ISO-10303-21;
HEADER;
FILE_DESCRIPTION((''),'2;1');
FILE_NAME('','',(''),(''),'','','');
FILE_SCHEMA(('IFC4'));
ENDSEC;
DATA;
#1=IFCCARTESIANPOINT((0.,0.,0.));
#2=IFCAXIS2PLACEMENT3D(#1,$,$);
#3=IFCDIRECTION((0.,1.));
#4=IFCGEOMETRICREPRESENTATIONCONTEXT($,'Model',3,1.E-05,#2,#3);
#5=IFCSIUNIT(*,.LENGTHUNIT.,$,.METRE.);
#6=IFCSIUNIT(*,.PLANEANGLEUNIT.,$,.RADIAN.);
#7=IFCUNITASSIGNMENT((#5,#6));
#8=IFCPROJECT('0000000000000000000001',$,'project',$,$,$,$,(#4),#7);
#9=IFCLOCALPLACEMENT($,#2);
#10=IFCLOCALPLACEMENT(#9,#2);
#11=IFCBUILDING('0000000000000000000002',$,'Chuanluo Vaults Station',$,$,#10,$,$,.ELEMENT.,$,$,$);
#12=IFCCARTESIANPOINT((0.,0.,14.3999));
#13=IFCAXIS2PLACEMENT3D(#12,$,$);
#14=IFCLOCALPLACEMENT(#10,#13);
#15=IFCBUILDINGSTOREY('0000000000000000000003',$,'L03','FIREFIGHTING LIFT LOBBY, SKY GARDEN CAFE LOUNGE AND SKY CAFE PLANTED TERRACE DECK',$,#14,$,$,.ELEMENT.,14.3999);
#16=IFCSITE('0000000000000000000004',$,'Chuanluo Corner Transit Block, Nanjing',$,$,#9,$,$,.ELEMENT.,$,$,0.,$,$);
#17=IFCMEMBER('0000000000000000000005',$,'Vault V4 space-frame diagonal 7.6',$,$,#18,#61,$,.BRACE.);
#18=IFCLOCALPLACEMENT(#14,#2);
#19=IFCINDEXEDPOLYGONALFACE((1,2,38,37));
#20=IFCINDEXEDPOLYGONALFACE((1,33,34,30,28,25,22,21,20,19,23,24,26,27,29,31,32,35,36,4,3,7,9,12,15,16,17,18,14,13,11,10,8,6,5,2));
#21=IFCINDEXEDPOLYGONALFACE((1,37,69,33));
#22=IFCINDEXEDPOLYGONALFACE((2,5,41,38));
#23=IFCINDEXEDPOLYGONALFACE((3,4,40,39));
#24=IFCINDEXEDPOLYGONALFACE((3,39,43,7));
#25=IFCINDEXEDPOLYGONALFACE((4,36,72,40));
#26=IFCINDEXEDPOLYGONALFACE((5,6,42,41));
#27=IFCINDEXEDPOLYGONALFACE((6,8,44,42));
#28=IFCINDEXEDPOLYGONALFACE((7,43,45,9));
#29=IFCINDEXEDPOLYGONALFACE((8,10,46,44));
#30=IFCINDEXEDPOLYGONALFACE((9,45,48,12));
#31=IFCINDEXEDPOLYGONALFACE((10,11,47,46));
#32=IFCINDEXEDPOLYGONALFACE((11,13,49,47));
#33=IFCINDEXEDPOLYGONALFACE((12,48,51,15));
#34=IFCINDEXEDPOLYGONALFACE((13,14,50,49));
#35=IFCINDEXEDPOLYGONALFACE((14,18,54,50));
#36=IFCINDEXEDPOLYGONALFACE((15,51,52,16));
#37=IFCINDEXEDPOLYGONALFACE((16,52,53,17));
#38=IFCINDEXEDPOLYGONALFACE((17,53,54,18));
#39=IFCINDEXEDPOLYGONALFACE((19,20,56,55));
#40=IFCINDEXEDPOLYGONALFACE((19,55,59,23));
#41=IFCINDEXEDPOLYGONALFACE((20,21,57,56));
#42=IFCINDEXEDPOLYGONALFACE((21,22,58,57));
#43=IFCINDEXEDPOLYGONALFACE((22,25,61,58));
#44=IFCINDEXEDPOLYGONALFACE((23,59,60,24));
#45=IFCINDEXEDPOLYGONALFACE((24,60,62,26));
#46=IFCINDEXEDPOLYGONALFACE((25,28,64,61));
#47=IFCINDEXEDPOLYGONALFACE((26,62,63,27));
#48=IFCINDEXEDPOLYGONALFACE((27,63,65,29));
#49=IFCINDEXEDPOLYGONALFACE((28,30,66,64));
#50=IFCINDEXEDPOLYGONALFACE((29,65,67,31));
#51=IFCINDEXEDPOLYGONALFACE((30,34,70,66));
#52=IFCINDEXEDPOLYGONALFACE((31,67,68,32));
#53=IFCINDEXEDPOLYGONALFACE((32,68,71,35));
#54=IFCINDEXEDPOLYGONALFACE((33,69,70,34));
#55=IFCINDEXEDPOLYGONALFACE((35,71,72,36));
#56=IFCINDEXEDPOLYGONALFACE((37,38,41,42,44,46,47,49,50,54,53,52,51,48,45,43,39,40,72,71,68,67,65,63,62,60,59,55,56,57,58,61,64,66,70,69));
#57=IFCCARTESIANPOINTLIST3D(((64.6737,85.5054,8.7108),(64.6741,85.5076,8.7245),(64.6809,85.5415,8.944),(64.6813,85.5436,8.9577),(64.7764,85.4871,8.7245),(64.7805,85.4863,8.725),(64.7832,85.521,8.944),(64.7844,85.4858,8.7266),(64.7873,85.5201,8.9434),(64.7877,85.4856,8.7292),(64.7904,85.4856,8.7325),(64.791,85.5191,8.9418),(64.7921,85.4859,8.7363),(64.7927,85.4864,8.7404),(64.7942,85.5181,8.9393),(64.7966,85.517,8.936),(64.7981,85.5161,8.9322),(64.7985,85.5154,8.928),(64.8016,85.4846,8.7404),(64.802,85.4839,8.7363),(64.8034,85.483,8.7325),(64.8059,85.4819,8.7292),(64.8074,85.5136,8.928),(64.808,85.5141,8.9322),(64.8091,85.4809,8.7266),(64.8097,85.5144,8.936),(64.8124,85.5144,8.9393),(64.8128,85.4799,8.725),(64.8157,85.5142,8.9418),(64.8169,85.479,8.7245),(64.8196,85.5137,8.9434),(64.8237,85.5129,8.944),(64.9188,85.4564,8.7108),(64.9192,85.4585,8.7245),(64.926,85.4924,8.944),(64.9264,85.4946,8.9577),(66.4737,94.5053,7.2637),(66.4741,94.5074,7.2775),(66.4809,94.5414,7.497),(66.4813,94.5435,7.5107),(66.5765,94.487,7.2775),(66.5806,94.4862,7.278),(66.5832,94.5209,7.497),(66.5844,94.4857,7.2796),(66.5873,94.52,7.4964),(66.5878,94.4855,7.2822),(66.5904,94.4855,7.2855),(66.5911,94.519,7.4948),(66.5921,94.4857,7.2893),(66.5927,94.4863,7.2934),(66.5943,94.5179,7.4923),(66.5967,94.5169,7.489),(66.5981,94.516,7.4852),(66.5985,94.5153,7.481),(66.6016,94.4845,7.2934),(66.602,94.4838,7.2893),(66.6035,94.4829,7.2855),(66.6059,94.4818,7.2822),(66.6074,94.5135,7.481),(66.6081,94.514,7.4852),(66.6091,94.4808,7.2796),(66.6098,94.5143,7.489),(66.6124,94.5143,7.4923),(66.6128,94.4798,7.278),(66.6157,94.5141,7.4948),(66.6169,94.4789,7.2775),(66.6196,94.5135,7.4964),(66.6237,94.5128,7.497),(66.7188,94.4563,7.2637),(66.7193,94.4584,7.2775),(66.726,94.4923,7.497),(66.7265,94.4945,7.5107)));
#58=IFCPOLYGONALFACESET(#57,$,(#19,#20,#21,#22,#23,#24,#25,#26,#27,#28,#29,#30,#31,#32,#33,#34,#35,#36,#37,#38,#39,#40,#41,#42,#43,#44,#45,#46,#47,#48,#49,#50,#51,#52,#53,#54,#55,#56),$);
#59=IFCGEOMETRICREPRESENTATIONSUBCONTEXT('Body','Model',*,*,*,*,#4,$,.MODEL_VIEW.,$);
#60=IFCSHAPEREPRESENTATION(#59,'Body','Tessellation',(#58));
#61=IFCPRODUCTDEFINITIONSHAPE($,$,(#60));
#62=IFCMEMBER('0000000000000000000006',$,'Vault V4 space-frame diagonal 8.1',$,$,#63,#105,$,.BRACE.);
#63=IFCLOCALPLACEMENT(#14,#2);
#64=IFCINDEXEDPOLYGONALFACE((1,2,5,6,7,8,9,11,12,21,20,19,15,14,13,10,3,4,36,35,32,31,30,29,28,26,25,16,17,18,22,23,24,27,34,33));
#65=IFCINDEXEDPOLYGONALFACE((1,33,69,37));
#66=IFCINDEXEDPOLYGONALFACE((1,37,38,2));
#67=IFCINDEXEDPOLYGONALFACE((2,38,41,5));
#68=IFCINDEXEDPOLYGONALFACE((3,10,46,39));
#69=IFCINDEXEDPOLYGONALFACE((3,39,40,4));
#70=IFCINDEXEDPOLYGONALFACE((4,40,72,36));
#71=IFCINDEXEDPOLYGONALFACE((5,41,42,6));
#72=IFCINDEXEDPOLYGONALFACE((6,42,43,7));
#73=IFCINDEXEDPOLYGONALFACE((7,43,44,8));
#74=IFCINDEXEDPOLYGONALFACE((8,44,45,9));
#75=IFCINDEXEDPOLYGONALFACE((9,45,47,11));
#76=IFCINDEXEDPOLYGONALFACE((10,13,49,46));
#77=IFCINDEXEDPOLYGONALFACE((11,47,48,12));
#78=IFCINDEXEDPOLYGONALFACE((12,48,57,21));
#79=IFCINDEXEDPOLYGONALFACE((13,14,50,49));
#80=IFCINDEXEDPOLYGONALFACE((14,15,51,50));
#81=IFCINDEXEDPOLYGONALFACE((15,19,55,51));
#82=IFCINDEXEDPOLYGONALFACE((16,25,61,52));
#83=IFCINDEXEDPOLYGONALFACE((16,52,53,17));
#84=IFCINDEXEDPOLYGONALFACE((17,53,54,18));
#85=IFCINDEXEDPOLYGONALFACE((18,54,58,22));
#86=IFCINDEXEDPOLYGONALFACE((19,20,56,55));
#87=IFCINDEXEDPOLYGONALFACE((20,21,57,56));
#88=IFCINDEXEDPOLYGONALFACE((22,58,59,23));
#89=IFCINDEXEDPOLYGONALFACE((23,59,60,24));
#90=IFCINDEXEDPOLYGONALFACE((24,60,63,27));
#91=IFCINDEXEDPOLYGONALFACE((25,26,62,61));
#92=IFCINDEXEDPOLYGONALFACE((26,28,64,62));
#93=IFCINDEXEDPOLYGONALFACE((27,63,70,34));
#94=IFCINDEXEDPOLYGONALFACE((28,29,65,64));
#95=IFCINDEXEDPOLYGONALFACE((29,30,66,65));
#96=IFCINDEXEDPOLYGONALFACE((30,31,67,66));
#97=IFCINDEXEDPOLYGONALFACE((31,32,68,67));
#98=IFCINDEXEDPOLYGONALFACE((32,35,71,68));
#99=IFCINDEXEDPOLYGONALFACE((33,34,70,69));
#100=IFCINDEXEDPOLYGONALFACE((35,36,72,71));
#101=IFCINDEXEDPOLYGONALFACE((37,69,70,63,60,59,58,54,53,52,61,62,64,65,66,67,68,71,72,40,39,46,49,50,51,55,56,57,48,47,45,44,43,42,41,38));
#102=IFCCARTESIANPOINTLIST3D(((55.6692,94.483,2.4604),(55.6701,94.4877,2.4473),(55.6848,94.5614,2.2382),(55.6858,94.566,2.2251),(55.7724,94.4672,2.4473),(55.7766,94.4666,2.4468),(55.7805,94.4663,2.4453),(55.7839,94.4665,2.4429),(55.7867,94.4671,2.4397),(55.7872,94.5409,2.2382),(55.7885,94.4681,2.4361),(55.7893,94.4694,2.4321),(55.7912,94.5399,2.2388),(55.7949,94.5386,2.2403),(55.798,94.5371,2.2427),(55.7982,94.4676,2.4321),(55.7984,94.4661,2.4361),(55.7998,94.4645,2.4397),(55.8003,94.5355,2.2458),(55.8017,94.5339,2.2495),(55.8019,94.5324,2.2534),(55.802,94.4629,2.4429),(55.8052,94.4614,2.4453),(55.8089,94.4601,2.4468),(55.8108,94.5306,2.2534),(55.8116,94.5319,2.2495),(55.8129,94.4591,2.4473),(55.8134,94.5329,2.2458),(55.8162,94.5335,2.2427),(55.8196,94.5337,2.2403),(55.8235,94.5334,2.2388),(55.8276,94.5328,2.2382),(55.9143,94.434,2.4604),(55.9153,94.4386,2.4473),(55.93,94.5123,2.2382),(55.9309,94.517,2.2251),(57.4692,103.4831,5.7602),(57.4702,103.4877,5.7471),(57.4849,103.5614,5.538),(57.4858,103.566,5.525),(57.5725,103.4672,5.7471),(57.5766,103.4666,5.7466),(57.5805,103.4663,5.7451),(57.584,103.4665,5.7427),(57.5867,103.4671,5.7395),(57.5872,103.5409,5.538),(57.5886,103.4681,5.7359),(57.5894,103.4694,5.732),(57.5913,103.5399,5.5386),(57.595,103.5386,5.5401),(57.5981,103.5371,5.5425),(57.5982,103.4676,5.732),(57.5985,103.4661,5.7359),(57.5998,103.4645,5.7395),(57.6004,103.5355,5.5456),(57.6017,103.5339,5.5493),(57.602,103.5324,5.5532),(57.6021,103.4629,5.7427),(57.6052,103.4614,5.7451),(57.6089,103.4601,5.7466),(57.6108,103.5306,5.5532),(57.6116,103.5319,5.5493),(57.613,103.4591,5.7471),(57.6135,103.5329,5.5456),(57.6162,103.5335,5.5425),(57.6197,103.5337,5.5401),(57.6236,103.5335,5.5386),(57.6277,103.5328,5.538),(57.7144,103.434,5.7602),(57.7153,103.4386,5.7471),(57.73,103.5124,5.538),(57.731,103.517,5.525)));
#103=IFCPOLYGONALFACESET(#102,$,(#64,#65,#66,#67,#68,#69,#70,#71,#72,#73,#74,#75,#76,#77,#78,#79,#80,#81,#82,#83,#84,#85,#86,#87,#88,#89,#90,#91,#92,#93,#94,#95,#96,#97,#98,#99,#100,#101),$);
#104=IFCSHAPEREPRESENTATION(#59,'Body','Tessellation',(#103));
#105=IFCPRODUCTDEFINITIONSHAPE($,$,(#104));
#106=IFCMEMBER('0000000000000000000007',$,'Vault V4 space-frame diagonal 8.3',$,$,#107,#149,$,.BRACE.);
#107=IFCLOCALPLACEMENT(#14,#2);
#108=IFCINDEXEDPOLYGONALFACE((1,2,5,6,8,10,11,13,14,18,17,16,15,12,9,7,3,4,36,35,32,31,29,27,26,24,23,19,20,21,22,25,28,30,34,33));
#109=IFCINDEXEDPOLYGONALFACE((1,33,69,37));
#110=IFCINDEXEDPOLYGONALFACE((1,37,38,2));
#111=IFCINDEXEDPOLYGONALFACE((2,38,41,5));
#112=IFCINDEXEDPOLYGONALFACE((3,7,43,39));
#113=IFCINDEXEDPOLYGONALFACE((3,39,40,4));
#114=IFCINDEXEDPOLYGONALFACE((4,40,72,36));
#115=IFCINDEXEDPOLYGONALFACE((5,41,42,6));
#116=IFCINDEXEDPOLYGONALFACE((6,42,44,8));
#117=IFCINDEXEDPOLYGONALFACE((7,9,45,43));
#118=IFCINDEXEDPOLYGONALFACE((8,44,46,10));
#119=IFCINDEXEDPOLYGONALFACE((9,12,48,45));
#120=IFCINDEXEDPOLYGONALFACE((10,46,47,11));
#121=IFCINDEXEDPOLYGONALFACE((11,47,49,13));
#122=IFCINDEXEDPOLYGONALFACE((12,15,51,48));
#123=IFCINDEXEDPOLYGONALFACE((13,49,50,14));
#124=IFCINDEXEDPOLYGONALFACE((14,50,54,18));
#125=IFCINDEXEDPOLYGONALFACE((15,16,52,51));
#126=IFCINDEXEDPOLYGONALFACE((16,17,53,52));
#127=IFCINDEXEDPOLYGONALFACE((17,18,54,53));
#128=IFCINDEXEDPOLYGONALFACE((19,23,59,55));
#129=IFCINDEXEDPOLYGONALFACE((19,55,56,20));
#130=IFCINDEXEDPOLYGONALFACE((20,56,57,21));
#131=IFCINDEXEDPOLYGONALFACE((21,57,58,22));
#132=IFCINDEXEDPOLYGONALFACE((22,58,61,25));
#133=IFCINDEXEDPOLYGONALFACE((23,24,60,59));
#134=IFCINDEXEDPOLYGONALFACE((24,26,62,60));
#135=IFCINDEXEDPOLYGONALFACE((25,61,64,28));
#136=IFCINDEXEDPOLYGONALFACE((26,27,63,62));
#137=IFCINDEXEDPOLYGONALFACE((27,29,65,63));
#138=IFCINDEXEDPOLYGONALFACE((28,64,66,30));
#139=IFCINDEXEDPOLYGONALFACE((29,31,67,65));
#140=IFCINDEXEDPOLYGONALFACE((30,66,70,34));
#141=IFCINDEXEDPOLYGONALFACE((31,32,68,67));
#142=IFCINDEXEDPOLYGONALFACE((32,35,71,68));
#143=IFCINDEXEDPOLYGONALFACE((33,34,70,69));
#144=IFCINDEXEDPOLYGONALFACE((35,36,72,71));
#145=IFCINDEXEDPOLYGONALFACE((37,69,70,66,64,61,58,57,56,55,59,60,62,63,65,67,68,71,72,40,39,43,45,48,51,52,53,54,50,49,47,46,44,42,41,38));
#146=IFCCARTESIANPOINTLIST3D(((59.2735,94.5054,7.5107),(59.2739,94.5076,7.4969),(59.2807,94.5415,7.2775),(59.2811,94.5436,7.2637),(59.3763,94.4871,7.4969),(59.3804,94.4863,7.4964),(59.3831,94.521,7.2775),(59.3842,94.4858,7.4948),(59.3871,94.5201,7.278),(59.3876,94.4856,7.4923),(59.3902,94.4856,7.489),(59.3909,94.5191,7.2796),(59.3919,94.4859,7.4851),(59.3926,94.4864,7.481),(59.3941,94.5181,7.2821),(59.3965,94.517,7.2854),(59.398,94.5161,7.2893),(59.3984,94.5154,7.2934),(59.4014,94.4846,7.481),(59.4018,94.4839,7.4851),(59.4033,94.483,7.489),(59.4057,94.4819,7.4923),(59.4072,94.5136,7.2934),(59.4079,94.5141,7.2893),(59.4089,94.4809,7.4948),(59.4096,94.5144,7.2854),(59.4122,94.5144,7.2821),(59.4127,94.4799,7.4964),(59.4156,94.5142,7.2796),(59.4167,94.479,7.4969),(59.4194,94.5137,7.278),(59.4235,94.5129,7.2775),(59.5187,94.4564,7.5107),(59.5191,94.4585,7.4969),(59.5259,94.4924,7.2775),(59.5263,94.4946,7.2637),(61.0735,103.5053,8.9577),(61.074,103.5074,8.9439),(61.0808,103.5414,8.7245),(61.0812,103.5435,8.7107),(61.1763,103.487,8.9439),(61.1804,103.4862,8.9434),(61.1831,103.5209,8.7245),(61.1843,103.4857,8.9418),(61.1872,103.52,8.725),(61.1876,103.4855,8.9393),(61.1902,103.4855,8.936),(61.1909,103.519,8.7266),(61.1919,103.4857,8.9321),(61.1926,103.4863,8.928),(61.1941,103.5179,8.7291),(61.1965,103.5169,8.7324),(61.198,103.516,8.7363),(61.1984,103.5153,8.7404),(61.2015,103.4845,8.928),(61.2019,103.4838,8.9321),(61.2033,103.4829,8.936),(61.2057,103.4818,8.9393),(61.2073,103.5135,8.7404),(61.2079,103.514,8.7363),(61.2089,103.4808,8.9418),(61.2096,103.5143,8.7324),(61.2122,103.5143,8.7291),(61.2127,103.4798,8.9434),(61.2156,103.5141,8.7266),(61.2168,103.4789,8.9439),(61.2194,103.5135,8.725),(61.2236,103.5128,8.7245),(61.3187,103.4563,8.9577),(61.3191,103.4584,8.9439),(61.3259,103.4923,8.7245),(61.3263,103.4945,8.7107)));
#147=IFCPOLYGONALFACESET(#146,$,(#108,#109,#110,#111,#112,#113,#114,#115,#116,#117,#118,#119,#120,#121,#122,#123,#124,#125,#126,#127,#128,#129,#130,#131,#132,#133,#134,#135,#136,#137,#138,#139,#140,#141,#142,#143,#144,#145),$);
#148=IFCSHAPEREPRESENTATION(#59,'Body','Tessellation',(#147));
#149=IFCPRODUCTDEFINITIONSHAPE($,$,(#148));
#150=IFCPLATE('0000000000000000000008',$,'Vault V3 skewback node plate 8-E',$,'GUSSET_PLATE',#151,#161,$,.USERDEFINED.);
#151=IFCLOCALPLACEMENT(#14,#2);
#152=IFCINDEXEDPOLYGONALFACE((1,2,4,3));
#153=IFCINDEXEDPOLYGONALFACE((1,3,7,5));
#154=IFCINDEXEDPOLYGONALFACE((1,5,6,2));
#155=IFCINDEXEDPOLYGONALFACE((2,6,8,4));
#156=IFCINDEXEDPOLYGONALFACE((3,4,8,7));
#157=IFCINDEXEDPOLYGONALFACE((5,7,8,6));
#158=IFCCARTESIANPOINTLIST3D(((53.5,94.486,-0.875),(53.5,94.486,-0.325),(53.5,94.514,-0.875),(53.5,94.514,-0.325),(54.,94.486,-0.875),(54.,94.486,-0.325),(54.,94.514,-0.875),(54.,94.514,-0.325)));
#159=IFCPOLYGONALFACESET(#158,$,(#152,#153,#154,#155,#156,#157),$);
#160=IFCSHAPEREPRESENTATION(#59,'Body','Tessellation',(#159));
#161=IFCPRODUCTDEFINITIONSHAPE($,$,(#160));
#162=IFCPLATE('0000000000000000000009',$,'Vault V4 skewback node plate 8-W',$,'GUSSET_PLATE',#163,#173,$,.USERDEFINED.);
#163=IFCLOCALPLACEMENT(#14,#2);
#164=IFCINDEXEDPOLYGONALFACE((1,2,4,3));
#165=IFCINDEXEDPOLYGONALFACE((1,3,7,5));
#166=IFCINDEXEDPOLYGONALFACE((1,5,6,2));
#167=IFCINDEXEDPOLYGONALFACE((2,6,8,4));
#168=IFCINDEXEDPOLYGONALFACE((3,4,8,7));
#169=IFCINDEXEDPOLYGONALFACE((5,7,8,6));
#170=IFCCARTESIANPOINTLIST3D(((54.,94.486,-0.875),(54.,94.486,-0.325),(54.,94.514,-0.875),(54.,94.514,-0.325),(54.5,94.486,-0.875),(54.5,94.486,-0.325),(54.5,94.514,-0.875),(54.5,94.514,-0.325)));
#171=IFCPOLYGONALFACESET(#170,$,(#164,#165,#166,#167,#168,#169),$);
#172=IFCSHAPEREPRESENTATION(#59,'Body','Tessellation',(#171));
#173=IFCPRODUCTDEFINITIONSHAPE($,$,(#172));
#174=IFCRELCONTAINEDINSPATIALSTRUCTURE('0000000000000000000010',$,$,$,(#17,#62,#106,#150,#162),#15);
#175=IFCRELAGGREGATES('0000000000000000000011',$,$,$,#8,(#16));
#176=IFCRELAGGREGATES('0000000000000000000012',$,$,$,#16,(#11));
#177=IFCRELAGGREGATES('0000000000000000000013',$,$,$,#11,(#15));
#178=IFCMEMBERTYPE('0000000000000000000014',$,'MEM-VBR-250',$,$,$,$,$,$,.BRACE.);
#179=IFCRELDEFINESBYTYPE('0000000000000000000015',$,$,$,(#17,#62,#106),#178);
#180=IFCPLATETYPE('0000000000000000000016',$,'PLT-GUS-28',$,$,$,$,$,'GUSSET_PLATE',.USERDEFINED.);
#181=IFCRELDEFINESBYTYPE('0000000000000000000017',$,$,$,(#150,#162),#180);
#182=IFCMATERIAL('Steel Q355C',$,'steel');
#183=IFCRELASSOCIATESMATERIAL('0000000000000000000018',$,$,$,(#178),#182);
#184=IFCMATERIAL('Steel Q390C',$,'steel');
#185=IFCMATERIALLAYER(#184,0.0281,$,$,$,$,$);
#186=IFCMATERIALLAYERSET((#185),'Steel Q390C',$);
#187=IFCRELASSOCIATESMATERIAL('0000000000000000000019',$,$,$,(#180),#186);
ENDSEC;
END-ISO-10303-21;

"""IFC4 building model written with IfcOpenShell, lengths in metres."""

from ifc_helpers import new_model, si_unit, direction, frame, origin, origin_2d, place, context, subcontext, project, spatial, rectangle, i_section, extrude, material, layer, layer_set, material_profile, profile_set, type_object, element, save


model = new_model("IFC4")

# Units and contexts
model_context = context("Model", 3, precision=1e-05, world=origin(), true_north=direction((0.0, 1.0)))
body_context = subcontext(model_context, "Body", "Model", "MODEL_VIEW")
ifc_project = project(units=[si_unit("LENGTHUNIT", "METRE"), si_unit("PLANEANGLEUNIT", "RADIAN")], contexts=[model_context])

# Site, building, storey
site_placement = place(None, origin())
site = spatial("IfcSite", under=ifc_project, at=site_placement, Name="Chuanluo Corner Transit Block, Nanjing", CompositionType="ELEMENT", RefElevation=0.0)
building_placement = place(site_placement, origin())
building = spatial("IfcBuilding", under=site, at=building_placement, Name="Chuanluo Vaults Station", CompositionType="ELEMENT")
storey_placement = place(building_placement, frame((0.0, 0.0, 14.3999)))
storey = spatial("IfcBuildingStorey", under=building, at=storey_placement, Name="L03", Description="FIREFIGHTING LIFT LOBBY, SKY GARDEN CAFE LOUNGE AND SKY CAFE PLANTED TERRACE DECK", CompositionType="ELEMENT", Elevation=14.3999)

# Members
ifc_material_1 = material(Name="Steel Q355C", Category="steel")
ifc_material_profile_1 = material_profile(ifc_material_1, i_section(OverallWidth=0.25, OverallDepth=0.25, WebThickness=0.009, FlangeThickness=0.0139, FilletRadius=0.0161, at=origin_2d()))
ifc_profile_set_1 = profile_set([ifc_material_profile_1], Name="Steel Q355C")
member_type_1 = type_object("IfcMemberType", Name="MEM-VBR-250", PredefinedType="BRACE", material=ifc_profile_set_1)
member_1_placement = place(storey_placement, frame((64.8, 85.5, 8.8342), z_axis=(0.193728, 0.968616, -0.155734), x_axis=(-0.98058, 0.196121, 0.0)))
element("IfcMember", 1, at=member_1_placement, inside=storey, type_object=member_type_1, Name="Vault V4 space-frame diagonal 7.6", PredefinedType="BRACE", context=body_context, shape_type="SweptSolid", body=[
    extrude(i_section(OverallWidth=0.25, OverallDepth=0.25, WebThickness=0.009, FlangeThickness=0.0139, FilletRadius=0.0161, at=origin_2d()), origin(), (0.0, 0.0, 1.0), 9.2915),
])
member_2_placement = place(storey_placement, frame((55.8, 94.5, 2.3428), z_axis=(0.184556, 0.922755, 0.338323), x_axis=(-0.98058, 0.196121, 0.0)))
element("IfcMember", 2, at=member_2_placement, inside=storey, type_object=member_type_1, Name="Vault V4 space-frame diagonal 8.1", PredefinedType="BRACE", context=body_context, shape_type="SweptSolid", body=[
    extrude(i_section(OverallWidth=0.25, OverallDepth=0.25, WebThickness=0.009, FlangeThickness=0.0139, FilletRadius=0.0161, at=origin_2d()), origin(), (0.0, 0.0, 1.0), 9.7534),
])
member_3_placement = place(storey_placement, frame((59.3999, 94.5, 7.3872), z_axis=(0.193728, 0.968616, 0.155734), x_axis=(-0.98058, 0.196121, 0.0)))
element("IfcMember", 3, at=member_3_placement, inside=storey, type_object=member_type_1, Name="Vault V4 space-frame diagonal 8.3", PredefinedType="BRACE", context=body_context, shape_type="SweptSolid", body=[
    extrude(i_section(OverallWidth=0.25, OverallDepth=0.25, WebThickness=0.009, FlangeThickness=0.0139, FilletRadius=0.0161, at=origin_2d()), origin(), (0.0, 0.0, 1.0), 9.2915),
])

# Plates
ifc_material_2 = material(Name="Steel Q390C", Category="steel")
ifc_layer = layer(ifc_material_2, 0.0281)
ifc_layer_set = layer_set([ifc_layer], Name="Steel Q390C")
plate_type = type_object("IfcPlateType", Name="PLT-GUS-28", ElementType="GUSSET_PLATE", PredefinedType="USERDEFINED", material=ifc_layer_set)
for number, where, z_axis, x_axis, name in (
    (4, (53.75, 94.5, -0.875), (0.0, 0.0, 1.0), (1.0, 0.0, 0.0), "Vault V3 skewback node plate 8-E"),
    (5, (54.25, 94.5, -0.875), (0.0, 0.0, 1.0), (1.0, 0.0, 0.0), "Vault V4 skewback node plate 8-W"),
):
    element("IfcPlate", number, at=place(storey_placement, frame(where, z_axis=z_axis, x_axis=x_axis)), inside=storey, type_object=plate_type, Name=name, ObjectType="GUSSET_PLATE", PredefinedType="USERDEFINED", context=body_context, shape_type="SweptSolid", body=[
        extrude(rectangle(XDim=0.5, YDim=0.0281, at=origin_2d()), origin(), (0.0, 0.0, 1.0), 0.55),
    ])

save(model, "model.ifc")
